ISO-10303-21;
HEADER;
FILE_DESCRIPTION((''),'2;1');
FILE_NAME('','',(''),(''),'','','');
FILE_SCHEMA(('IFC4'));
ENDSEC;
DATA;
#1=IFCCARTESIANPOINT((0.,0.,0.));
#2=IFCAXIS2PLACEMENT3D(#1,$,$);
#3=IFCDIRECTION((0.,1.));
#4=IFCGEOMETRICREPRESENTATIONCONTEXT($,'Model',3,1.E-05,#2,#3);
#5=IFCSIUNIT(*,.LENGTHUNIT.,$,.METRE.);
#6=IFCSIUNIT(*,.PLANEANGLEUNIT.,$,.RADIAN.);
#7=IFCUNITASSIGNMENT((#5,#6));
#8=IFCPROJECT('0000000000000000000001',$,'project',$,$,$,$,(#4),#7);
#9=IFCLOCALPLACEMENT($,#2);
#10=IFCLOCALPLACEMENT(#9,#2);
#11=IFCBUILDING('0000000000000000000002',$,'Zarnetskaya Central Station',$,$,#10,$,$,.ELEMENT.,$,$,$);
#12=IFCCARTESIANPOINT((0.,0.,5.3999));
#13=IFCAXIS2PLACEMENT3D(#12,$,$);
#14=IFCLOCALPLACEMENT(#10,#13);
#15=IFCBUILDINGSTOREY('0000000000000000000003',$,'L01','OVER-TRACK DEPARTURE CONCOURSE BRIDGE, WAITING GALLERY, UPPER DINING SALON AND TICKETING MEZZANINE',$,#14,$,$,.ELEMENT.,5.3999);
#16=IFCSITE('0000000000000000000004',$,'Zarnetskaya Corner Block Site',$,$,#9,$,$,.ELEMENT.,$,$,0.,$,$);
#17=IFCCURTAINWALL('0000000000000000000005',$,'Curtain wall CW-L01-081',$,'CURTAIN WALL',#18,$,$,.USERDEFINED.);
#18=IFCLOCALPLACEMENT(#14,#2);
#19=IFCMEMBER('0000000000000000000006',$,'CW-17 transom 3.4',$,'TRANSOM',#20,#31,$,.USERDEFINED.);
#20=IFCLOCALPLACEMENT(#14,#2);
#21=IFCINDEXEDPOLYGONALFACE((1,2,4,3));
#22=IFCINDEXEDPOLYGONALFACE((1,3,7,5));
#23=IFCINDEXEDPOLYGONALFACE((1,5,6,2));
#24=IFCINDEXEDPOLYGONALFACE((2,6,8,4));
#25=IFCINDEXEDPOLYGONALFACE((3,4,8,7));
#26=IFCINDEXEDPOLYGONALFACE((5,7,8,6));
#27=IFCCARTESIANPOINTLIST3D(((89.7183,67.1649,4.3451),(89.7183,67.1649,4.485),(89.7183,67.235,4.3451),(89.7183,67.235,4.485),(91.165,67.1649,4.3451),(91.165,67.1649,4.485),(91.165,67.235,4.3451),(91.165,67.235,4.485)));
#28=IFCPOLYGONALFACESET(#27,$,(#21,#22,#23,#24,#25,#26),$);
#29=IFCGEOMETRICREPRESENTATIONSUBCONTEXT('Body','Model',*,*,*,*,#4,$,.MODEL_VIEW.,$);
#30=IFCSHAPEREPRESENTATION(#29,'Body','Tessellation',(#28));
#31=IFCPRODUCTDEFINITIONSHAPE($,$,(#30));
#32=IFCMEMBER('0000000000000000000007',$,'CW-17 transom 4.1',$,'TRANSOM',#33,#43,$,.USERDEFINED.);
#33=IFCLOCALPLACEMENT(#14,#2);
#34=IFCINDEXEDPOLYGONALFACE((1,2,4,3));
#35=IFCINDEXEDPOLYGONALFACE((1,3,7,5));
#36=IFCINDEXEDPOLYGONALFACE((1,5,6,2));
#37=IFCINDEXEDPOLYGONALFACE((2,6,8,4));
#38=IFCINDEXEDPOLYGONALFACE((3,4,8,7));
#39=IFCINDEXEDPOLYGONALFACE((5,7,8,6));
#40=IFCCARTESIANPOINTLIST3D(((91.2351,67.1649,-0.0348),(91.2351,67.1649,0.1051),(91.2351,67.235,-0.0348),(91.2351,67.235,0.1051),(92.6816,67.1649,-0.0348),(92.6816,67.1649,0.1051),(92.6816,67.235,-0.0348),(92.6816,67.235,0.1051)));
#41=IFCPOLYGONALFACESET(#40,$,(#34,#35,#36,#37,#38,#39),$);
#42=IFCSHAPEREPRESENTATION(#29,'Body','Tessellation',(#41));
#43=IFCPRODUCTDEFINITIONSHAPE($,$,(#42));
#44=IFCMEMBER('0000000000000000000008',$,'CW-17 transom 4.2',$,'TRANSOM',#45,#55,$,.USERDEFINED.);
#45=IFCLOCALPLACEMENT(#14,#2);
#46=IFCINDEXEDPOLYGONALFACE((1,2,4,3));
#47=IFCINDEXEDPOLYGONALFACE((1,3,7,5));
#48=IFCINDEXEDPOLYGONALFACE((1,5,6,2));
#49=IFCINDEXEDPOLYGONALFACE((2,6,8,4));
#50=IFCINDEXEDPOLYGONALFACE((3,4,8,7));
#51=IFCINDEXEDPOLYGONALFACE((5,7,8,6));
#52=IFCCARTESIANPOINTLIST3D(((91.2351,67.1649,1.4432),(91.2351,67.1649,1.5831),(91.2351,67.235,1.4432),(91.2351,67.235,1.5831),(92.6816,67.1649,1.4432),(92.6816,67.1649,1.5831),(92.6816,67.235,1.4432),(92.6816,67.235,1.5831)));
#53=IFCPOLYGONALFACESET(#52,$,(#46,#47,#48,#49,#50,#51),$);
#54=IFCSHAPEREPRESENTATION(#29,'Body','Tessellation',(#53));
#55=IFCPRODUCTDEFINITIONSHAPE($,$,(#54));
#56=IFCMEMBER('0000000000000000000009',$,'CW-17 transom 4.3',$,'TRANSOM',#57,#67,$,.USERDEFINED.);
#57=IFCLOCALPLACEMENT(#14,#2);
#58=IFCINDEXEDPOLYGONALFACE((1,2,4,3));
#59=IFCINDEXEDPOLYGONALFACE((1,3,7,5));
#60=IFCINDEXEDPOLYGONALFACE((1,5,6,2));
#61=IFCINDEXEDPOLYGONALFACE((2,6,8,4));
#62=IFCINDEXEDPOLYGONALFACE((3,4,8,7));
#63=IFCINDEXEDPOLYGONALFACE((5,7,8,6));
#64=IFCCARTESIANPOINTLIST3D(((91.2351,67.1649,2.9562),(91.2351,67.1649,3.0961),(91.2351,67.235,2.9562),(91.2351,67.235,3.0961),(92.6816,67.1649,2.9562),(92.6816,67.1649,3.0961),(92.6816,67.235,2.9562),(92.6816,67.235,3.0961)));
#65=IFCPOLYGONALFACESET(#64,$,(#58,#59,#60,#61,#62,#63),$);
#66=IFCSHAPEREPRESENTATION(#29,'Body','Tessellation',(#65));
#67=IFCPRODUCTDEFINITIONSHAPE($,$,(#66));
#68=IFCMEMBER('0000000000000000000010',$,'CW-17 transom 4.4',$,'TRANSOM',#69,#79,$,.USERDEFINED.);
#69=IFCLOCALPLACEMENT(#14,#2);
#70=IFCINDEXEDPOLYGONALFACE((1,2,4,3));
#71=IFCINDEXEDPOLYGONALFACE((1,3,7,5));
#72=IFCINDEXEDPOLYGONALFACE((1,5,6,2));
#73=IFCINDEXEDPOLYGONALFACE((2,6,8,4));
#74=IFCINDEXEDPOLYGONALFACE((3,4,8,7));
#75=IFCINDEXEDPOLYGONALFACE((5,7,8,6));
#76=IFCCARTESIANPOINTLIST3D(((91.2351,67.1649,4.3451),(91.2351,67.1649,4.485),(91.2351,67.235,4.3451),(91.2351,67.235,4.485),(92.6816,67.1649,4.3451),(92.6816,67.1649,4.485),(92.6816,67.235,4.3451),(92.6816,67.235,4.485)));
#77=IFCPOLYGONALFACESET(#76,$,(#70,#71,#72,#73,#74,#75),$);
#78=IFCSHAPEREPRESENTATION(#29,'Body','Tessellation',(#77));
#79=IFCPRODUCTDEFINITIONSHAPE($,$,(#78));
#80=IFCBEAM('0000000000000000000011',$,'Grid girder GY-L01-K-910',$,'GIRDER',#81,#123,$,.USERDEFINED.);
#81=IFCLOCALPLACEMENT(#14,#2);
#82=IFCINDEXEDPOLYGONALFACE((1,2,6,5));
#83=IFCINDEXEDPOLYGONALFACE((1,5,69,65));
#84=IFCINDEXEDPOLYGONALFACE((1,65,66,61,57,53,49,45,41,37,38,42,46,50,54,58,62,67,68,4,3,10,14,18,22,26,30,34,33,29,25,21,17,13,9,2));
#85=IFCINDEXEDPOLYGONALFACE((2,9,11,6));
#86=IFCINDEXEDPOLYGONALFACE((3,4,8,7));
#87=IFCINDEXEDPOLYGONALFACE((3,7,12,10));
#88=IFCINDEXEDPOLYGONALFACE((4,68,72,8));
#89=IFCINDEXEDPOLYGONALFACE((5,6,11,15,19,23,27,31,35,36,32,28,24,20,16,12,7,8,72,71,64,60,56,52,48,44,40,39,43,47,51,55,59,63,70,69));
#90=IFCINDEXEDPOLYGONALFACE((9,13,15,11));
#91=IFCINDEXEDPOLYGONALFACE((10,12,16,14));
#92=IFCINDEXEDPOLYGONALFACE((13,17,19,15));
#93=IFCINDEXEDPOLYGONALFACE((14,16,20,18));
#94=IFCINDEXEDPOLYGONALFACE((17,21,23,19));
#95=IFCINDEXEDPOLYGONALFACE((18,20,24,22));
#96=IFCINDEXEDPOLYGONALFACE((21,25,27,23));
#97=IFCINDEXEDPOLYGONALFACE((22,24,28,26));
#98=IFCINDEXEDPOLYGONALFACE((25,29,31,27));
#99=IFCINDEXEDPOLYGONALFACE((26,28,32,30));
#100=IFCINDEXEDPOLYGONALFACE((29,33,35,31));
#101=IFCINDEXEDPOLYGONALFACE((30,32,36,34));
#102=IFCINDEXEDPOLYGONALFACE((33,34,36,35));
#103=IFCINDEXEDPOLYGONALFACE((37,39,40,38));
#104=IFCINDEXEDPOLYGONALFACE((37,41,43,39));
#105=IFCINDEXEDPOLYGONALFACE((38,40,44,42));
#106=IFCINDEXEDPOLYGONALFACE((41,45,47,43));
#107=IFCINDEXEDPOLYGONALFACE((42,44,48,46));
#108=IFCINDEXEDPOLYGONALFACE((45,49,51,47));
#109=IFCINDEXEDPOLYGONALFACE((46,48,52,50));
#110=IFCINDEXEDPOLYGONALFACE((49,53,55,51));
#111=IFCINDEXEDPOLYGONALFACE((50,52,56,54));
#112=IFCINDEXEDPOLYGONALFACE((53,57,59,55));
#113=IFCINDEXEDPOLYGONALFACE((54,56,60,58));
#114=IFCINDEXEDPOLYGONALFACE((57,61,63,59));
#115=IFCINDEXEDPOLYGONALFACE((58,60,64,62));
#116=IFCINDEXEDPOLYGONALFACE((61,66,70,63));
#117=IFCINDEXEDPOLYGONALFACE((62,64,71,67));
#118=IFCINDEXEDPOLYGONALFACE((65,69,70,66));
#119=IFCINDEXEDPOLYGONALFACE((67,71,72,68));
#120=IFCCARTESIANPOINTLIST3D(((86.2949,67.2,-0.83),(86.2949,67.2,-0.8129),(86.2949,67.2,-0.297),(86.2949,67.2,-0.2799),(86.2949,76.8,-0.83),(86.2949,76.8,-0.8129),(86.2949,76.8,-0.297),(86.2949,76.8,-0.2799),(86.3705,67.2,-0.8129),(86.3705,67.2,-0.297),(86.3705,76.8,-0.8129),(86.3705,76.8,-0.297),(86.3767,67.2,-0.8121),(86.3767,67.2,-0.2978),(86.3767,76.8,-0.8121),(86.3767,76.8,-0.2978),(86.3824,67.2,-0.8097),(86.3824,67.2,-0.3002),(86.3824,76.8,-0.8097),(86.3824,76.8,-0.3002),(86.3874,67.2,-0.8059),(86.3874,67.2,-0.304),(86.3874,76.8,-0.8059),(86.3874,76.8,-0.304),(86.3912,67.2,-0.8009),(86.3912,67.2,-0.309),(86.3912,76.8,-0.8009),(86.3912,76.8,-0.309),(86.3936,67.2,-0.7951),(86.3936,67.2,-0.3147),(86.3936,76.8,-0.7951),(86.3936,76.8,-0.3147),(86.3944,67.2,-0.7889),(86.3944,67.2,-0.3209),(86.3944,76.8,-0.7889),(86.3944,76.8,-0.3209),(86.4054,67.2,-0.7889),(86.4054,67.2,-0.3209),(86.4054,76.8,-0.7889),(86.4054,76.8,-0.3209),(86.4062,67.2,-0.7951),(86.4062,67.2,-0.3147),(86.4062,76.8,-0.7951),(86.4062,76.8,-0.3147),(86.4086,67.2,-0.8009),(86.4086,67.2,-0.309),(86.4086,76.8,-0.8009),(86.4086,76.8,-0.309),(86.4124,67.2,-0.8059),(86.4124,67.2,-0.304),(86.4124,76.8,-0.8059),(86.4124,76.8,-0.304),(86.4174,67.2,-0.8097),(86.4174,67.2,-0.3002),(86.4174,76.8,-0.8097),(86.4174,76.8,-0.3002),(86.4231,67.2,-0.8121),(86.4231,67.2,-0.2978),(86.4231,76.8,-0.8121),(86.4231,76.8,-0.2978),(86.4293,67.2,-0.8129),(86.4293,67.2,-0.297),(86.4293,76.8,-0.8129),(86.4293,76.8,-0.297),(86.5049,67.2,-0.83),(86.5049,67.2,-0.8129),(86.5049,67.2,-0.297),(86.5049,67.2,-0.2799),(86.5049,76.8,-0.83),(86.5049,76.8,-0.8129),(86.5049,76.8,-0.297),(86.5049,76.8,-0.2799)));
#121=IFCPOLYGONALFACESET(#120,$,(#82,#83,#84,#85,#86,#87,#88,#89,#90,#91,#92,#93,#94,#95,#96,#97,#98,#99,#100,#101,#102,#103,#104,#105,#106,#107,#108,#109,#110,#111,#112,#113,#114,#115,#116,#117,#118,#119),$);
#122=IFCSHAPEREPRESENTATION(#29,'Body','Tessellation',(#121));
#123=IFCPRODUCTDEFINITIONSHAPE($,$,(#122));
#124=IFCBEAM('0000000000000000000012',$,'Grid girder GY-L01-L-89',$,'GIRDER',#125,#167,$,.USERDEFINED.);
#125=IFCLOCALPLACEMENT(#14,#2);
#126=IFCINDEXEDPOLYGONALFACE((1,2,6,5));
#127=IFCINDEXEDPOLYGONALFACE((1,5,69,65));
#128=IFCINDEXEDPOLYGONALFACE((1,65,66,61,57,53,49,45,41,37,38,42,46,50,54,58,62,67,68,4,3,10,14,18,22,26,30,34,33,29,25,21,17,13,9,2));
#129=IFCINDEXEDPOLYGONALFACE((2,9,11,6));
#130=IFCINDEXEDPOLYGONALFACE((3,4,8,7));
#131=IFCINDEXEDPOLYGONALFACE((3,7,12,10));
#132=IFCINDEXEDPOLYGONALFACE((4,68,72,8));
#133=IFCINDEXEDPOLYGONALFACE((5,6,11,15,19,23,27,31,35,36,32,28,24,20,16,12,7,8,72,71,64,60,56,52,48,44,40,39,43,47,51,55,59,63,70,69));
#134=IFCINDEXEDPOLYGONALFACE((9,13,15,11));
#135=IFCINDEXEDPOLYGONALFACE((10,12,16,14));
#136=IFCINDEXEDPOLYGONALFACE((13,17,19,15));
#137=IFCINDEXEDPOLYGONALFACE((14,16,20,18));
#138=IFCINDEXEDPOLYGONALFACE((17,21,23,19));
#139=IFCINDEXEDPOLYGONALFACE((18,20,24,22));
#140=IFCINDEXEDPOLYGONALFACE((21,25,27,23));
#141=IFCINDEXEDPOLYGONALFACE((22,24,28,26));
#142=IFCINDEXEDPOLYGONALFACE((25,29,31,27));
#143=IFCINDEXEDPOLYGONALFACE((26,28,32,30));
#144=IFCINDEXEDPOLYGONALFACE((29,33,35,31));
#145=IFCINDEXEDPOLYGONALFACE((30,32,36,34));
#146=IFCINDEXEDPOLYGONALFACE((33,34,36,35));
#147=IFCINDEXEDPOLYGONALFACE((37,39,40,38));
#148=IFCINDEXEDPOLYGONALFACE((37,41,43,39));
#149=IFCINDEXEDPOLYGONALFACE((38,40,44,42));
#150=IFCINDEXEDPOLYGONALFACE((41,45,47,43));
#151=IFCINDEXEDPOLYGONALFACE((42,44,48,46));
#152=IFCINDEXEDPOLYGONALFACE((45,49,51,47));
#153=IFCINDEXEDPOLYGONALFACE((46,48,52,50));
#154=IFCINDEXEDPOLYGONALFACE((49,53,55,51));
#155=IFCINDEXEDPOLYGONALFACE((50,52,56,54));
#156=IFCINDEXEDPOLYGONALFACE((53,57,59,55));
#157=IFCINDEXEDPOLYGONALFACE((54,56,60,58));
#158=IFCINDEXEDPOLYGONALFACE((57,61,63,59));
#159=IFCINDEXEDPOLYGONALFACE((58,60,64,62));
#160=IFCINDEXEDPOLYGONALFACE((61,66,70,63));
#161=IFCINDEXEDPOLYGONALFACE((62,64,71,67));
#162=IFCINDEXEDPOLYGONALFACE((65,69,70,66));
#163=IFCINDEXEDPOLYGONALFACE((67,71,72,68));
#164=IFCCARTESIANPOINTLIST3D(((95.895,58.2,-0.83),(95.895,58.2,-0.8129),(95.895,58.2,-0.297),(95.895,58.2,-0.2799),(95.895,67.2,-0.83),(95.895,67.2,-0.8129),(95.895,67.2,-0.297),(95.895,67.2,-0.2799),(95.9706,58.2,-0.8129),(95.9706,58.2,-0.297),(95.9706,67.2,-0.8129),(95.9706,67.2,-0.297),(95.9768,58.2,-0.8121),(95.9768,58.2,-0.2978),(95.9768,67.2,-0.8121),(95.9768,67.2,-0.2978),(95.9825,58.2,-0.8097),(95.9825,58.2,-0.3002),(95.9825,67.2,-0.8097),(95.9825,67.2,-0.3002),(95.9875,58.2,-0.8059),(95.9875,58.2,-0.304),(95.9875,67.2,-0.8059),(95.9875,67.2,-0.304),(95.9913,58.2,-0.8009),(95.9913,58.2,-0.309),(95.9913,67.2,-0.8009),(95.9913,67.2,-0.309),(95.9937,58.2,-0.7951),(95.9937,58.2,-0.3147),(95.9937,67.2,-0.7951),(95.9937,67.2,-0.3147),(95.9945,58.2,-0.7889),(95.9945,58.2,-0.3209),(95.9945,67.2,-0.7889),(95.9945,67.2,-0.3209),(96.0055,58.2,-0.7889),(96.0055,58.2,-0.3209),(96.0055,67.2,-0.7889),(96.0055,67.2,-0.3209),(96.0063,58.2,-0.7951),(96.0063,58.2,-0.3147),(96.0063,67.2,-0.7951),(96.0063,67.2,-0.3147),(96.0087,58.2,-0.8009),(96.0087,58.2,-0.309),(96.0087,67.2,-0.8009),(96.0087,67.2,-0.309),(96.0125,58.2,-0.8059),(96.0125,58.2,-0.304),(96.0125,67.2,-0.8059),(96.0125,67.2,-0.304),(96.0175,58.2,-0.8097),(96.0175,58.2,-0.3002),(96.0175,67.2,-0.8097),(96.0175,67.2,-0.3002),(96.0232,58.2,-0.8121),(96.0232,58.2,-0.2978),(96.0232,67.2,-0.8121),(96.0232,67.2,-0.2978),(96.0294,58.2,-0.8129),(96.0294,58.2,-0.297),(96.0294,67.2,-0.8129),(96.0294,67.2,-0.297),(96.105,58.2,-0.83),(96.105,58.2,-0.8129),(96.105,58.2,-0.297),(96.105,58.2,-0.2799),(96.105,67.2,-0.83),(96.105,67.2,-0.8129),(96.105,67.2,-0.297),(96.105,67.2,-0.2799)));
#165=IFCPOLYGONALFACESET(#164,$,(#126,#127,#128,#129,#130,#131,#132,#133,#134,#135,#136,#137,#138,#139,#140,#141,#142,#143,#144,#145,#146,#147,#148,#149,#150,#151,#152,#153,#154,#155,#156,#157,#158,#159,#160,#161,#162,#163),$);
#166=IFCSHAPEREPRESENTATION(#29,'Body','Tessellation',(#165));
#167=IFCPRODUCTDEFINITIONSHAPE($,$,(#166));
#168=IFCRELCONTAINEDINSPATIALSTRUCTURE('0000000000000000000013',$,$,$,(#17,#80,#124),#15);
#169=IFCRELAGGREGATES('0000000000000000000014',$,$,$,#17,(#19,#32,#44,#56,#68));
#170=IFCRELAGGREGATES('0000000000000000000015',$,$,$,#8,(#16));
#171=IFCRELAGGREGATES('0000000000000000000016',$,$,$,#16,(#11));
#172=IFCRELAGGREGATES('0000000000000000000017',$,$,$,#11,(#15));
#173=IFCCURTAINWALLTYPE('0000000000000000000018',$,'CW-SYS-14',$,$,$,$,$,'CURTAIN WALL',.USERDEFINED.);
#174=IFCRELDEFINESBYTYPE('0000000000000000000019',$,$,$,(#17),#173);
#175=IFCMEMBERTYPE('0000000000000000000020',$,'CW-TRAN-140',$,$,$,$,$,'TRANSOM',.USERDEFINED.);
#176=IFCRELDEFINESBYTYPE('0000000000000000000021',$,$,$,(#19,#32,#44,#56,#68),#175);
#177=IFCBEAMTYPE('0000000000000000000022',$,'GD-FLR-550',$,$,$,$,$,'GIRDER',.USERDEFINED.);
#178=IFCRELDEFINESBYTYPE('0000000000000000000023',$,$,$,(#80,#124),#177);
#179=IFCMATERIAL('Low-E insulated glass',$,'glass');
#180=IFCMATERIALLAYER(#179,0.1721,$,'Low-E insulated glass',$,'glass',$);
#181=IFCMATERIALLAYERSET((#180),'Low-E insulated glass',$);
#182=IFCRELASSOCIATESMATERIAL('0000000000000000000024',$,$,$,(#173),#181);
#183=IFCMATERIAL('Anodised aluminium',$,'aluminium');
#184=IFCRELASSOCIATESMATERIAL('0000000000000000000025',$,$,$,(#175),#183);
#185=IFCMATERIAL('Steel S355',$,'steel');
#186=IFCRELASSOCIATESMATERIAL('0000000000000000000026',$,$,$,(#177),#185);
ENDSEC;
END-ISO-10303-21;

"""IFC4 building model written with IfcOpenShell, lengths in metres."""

from ifc_helpers import new_model, si_unit, direction, frame, origin, origin_2d, place, context, subcontext, project, spatial, rectangle, i_section, extrude, material, layer, layer_set, material_profile, profile_set, type_object, element, aggregate, save


model = new_model("IFC4")

# Units and contexts
model_context = context("Model", 3, precision=1e-05, world=origin(), true_north=direction((0.0, 1.0)))
body_context = subcontext(model_context, "Body", "Model", "MODEL_VIEW")
ifc_project = project(units=[si_unit("LENGTHUNIT", "METRE"), si_unit("PLANEANGLEUNIT", "RADIAN")], contexts=[model_context])

# Site, building, storey
site_placement = place(None, origin())
site = spatial("IfcSite", under=ifc_project, at=site_placement, Name="Zarnetskaya Corner Block Site", CompositionType="ELEMENT", RefElevation=0.0)
building_placement = place(site_placement, origin())
building = spatial("IfcBuilding", under=site, at=building_placement, Name="Zarnetskaya Central Station", CompositionType="ELEMENT")
storey_placement = place(building_placement, frame((0.0, 0.0, 5.3999)))
storey = spatial("IfcBuildingStorey", under=building, at=storey_placement, Name="L01", Description="OVER-TRACK DEPARTURE CONCOURSE BRIDGE, WAITING GALLERY, UPPER DINING SALON AND TICKETING MEZZANINE", CompositionType="ELEMENT", Elevation=5.3999)

# Shared definitions
ifc_material_1 = material(Name="Steel S355", Category="steel")

# Curtain wall, members
ifc_material_2 = material(Name="Low-E insulated glass", Category="glass")
ifc_layer_1 = layer(ifc_material_2, 0.1721, Name="Low-E insulated glass", Category="glass")
ifc_layer_set_1 = layer_set([ifc_layer_1], Name="Low-E insulated glass")
curtain_wall_type = type_object("IfcCurtainWallType", Name="CW-SYS-14", ElementType="CURTAIN WALL", PredefinedType="USERDEFINED", material=ifc_layer_set_1)
curtain_wall_placement = place(storey_placement, origin())
curtain_wall = element("IfcCurtainWall", 1, at=curtain_wall_placement, inside=storey, type_object=curtain_wall_type, Name="Curtain wall CW-L01-081", ObjectType="CURTAIN WALL", PredefinedType="USERDEFINED")
ifc_material_3 = material(Name="Anodised aluminium", Category="aluminium")
ifc_material_profile_1 = material_profile(ifc_material_3, rectangle(XDim=0.0701, YDim=0.1399, at=origin_2d()), Name="ALU TRAN 70x140")
ifc_profile_set_1 = profile_set([ifc_material_profile_1], Name="Anodised aluminium")
member_type_1 = type_object("IfcMemberType", Name="CW-TRAN-140", ElementType="TRANSOM", PredefinedType="USERDEFINED", material=ifc_profile_set_1)
member_1_placement = place(storey_placement, frame((89.7183, 67.2, 4.415), z_axis=(1.0, 0.0, 0.0), x_axis=(0.0, 1.0, 0.0)))
member_1 = element("IfcMember", 2, at=member_1_placement, type_object=member_type_1, Name="CW-17 transom 3.4", ObjectType="TRANSOM", PredefinedType="USERDEFINED", context=body_context, shape_type="SweptSolid", body=[
    extrude(rectangle(XDim=0.0701, YDim=0.1399, at=origin_2d()), origin(), (0.0, 0.0, 1.0), 1.4468),
])
member_2_placement = place(storey_placement, frame((91.2351, 67.2, 0.0352), z_axis=(1.0, 0.0, 0.0), x_axis=(0.0, 1.0, 0.0)))
member_2 = element("IfcMember", 3, at=member_2_placement, type_object=member_type_1, Name="CW-17 transom 4.1", ObjectType="TRANSOM", PredefinedType="USERDEFINED", context=body_context, shape_type="SweptSolid", body=[
    extrude(rectangle(XDim=0.0701, YDim=0.1399, at=origin_2d()), origin(), (0.0, 0.0, 1.0), 1.4465),
])
member_3_placement = place(storey_placement, frame((91.2351, 67.2, 1.5132), z_axis=(1.0, 0.0, 0.0), x_axis=(0.0, 1.0, 0.0)))
member_3 = element("IfcMember", 4, at=member_3_placement, type_object=member_type_1, Name="CW-17 transom 4.2", ObjectType="TRANSOM", PredefinedType="USERDEFINED", context=body_context, shape_type="SweptSolid", body=[
    extrude(rectangle(XDim=0.0701, YDim=0.1399, at=origin_2d()), origin(), (0.0, 0.0, 1.0), 1.4465),
])
member_4_placement = place(storey_placement, frame((91.2351, 67.2, 3.0261), z_axis=(1.0, 0.0, 0.0), x_axis=(0.0, 1.0, 0.0)))
member_4 = element("IfcMember", 5, at=member_4_placement, type_object=member_type_1, Name="CW-17 transom 4.3", ObjectType="TRANSOM", PredefinedType="USERDEFINED", context=body_context, shape_type="SweptSolid", body=[
    extrude(rectangle(XDim=0.0701, YDim=0.1399, at=origin_2d()), origin(), (0.0, 0.0, 1.0), 1.4465),
])
member_5_placement = place(storey_placement, frame((91.2351, 67.2, 4.415), z_axis=(1.0, 0.0, 0.0), x_axis=(0.0, 1.0, 0.0)))
member_5 = element("IfcMember", 6, at=member_5_placement, type_object=member_type_1, Name="CW-17 transom 4.4", ObjectType="TRANSOM", PredefinedType="USERDEFINED", context=body_context, shape_type="SweptSolid", body=[
    extrude(rectangle(XDim=0.0701, YDim=0.1399, at=origin_2d()), origin(), (0.0, 0.0, 1.0), 1.4465),
])

# Beams
ifc_material_profile_2 = material_profile(ifc_material_1, i_section(OverallWidth=0.21, OverallDepth=0.55, WebThickness=0.011, FlangeThickness=0.0171, FilletRadius=0.0239, at=origin_2d()), Name="IPE 550")
ifc_profile_set_2 = profile_set([ifc_material_profile_2], Name="Steel S355")
beam_type_1 = type_object("IfcBeamType", Name="GD-FLR-550", ElementType="GIRDER", PredefinedType="USERDEFINED", material=ifc_profile_set_2)
beam_1_placement = place(storey_placement, frame((86.3999, 67.2, -0.5549), z_axis=(0.0, 1.0, 0.0), x_axis=(-1.0, 0.0, 0.0)))
element("IfcBeam", 7, at=beam_1_placement, inside=storey, type_object=beam_type_1, Name="Grid girder GY-L01-K-910", ObjectType="GIRDER", PredefinedType="USERDEFINED", context=body_context, shape_type="SweptSolid", body=[
    extrude(i_section(OverallWidth=0.21, OverallDepth=0.55, WebThickness=0.011, FlangeThickness=0.0171, FilletRadius=0.0239, at=origin_2d()), origin(), (0.0, 0.0, 1.0), 9.6001),
])
beam_2_placement = place(storey_placement, frame((96.0, 58.2, -0.5549), z_axis=(0.0, 1.0, 0.0), x_axis=(-1.0, 0.0, 0.0)))
element("IfcBeam", 8, at=beam_2_placement, inside=storey, type_object=beam_type_1, Name="Grid girder GY-L01-L-89", ObjectType="GIRDER", PredefinedType="USERDEFINED", context=body_context, shape_type="SweptSolid", body=[
    extrude(i_section(OverallWidth=0.21, OverallDepth=0.55, WebThickness=0.011, FlangeThickness=0.0171, FilletRadius=0.0239, at=origin_2d()), origin(), (0.0, 0.0, 1.0), 9.0),
])

aggregate(curtain_wall, [member_1, member_2, member_3, member_4, member_5])

save(model, "model.ifc")
